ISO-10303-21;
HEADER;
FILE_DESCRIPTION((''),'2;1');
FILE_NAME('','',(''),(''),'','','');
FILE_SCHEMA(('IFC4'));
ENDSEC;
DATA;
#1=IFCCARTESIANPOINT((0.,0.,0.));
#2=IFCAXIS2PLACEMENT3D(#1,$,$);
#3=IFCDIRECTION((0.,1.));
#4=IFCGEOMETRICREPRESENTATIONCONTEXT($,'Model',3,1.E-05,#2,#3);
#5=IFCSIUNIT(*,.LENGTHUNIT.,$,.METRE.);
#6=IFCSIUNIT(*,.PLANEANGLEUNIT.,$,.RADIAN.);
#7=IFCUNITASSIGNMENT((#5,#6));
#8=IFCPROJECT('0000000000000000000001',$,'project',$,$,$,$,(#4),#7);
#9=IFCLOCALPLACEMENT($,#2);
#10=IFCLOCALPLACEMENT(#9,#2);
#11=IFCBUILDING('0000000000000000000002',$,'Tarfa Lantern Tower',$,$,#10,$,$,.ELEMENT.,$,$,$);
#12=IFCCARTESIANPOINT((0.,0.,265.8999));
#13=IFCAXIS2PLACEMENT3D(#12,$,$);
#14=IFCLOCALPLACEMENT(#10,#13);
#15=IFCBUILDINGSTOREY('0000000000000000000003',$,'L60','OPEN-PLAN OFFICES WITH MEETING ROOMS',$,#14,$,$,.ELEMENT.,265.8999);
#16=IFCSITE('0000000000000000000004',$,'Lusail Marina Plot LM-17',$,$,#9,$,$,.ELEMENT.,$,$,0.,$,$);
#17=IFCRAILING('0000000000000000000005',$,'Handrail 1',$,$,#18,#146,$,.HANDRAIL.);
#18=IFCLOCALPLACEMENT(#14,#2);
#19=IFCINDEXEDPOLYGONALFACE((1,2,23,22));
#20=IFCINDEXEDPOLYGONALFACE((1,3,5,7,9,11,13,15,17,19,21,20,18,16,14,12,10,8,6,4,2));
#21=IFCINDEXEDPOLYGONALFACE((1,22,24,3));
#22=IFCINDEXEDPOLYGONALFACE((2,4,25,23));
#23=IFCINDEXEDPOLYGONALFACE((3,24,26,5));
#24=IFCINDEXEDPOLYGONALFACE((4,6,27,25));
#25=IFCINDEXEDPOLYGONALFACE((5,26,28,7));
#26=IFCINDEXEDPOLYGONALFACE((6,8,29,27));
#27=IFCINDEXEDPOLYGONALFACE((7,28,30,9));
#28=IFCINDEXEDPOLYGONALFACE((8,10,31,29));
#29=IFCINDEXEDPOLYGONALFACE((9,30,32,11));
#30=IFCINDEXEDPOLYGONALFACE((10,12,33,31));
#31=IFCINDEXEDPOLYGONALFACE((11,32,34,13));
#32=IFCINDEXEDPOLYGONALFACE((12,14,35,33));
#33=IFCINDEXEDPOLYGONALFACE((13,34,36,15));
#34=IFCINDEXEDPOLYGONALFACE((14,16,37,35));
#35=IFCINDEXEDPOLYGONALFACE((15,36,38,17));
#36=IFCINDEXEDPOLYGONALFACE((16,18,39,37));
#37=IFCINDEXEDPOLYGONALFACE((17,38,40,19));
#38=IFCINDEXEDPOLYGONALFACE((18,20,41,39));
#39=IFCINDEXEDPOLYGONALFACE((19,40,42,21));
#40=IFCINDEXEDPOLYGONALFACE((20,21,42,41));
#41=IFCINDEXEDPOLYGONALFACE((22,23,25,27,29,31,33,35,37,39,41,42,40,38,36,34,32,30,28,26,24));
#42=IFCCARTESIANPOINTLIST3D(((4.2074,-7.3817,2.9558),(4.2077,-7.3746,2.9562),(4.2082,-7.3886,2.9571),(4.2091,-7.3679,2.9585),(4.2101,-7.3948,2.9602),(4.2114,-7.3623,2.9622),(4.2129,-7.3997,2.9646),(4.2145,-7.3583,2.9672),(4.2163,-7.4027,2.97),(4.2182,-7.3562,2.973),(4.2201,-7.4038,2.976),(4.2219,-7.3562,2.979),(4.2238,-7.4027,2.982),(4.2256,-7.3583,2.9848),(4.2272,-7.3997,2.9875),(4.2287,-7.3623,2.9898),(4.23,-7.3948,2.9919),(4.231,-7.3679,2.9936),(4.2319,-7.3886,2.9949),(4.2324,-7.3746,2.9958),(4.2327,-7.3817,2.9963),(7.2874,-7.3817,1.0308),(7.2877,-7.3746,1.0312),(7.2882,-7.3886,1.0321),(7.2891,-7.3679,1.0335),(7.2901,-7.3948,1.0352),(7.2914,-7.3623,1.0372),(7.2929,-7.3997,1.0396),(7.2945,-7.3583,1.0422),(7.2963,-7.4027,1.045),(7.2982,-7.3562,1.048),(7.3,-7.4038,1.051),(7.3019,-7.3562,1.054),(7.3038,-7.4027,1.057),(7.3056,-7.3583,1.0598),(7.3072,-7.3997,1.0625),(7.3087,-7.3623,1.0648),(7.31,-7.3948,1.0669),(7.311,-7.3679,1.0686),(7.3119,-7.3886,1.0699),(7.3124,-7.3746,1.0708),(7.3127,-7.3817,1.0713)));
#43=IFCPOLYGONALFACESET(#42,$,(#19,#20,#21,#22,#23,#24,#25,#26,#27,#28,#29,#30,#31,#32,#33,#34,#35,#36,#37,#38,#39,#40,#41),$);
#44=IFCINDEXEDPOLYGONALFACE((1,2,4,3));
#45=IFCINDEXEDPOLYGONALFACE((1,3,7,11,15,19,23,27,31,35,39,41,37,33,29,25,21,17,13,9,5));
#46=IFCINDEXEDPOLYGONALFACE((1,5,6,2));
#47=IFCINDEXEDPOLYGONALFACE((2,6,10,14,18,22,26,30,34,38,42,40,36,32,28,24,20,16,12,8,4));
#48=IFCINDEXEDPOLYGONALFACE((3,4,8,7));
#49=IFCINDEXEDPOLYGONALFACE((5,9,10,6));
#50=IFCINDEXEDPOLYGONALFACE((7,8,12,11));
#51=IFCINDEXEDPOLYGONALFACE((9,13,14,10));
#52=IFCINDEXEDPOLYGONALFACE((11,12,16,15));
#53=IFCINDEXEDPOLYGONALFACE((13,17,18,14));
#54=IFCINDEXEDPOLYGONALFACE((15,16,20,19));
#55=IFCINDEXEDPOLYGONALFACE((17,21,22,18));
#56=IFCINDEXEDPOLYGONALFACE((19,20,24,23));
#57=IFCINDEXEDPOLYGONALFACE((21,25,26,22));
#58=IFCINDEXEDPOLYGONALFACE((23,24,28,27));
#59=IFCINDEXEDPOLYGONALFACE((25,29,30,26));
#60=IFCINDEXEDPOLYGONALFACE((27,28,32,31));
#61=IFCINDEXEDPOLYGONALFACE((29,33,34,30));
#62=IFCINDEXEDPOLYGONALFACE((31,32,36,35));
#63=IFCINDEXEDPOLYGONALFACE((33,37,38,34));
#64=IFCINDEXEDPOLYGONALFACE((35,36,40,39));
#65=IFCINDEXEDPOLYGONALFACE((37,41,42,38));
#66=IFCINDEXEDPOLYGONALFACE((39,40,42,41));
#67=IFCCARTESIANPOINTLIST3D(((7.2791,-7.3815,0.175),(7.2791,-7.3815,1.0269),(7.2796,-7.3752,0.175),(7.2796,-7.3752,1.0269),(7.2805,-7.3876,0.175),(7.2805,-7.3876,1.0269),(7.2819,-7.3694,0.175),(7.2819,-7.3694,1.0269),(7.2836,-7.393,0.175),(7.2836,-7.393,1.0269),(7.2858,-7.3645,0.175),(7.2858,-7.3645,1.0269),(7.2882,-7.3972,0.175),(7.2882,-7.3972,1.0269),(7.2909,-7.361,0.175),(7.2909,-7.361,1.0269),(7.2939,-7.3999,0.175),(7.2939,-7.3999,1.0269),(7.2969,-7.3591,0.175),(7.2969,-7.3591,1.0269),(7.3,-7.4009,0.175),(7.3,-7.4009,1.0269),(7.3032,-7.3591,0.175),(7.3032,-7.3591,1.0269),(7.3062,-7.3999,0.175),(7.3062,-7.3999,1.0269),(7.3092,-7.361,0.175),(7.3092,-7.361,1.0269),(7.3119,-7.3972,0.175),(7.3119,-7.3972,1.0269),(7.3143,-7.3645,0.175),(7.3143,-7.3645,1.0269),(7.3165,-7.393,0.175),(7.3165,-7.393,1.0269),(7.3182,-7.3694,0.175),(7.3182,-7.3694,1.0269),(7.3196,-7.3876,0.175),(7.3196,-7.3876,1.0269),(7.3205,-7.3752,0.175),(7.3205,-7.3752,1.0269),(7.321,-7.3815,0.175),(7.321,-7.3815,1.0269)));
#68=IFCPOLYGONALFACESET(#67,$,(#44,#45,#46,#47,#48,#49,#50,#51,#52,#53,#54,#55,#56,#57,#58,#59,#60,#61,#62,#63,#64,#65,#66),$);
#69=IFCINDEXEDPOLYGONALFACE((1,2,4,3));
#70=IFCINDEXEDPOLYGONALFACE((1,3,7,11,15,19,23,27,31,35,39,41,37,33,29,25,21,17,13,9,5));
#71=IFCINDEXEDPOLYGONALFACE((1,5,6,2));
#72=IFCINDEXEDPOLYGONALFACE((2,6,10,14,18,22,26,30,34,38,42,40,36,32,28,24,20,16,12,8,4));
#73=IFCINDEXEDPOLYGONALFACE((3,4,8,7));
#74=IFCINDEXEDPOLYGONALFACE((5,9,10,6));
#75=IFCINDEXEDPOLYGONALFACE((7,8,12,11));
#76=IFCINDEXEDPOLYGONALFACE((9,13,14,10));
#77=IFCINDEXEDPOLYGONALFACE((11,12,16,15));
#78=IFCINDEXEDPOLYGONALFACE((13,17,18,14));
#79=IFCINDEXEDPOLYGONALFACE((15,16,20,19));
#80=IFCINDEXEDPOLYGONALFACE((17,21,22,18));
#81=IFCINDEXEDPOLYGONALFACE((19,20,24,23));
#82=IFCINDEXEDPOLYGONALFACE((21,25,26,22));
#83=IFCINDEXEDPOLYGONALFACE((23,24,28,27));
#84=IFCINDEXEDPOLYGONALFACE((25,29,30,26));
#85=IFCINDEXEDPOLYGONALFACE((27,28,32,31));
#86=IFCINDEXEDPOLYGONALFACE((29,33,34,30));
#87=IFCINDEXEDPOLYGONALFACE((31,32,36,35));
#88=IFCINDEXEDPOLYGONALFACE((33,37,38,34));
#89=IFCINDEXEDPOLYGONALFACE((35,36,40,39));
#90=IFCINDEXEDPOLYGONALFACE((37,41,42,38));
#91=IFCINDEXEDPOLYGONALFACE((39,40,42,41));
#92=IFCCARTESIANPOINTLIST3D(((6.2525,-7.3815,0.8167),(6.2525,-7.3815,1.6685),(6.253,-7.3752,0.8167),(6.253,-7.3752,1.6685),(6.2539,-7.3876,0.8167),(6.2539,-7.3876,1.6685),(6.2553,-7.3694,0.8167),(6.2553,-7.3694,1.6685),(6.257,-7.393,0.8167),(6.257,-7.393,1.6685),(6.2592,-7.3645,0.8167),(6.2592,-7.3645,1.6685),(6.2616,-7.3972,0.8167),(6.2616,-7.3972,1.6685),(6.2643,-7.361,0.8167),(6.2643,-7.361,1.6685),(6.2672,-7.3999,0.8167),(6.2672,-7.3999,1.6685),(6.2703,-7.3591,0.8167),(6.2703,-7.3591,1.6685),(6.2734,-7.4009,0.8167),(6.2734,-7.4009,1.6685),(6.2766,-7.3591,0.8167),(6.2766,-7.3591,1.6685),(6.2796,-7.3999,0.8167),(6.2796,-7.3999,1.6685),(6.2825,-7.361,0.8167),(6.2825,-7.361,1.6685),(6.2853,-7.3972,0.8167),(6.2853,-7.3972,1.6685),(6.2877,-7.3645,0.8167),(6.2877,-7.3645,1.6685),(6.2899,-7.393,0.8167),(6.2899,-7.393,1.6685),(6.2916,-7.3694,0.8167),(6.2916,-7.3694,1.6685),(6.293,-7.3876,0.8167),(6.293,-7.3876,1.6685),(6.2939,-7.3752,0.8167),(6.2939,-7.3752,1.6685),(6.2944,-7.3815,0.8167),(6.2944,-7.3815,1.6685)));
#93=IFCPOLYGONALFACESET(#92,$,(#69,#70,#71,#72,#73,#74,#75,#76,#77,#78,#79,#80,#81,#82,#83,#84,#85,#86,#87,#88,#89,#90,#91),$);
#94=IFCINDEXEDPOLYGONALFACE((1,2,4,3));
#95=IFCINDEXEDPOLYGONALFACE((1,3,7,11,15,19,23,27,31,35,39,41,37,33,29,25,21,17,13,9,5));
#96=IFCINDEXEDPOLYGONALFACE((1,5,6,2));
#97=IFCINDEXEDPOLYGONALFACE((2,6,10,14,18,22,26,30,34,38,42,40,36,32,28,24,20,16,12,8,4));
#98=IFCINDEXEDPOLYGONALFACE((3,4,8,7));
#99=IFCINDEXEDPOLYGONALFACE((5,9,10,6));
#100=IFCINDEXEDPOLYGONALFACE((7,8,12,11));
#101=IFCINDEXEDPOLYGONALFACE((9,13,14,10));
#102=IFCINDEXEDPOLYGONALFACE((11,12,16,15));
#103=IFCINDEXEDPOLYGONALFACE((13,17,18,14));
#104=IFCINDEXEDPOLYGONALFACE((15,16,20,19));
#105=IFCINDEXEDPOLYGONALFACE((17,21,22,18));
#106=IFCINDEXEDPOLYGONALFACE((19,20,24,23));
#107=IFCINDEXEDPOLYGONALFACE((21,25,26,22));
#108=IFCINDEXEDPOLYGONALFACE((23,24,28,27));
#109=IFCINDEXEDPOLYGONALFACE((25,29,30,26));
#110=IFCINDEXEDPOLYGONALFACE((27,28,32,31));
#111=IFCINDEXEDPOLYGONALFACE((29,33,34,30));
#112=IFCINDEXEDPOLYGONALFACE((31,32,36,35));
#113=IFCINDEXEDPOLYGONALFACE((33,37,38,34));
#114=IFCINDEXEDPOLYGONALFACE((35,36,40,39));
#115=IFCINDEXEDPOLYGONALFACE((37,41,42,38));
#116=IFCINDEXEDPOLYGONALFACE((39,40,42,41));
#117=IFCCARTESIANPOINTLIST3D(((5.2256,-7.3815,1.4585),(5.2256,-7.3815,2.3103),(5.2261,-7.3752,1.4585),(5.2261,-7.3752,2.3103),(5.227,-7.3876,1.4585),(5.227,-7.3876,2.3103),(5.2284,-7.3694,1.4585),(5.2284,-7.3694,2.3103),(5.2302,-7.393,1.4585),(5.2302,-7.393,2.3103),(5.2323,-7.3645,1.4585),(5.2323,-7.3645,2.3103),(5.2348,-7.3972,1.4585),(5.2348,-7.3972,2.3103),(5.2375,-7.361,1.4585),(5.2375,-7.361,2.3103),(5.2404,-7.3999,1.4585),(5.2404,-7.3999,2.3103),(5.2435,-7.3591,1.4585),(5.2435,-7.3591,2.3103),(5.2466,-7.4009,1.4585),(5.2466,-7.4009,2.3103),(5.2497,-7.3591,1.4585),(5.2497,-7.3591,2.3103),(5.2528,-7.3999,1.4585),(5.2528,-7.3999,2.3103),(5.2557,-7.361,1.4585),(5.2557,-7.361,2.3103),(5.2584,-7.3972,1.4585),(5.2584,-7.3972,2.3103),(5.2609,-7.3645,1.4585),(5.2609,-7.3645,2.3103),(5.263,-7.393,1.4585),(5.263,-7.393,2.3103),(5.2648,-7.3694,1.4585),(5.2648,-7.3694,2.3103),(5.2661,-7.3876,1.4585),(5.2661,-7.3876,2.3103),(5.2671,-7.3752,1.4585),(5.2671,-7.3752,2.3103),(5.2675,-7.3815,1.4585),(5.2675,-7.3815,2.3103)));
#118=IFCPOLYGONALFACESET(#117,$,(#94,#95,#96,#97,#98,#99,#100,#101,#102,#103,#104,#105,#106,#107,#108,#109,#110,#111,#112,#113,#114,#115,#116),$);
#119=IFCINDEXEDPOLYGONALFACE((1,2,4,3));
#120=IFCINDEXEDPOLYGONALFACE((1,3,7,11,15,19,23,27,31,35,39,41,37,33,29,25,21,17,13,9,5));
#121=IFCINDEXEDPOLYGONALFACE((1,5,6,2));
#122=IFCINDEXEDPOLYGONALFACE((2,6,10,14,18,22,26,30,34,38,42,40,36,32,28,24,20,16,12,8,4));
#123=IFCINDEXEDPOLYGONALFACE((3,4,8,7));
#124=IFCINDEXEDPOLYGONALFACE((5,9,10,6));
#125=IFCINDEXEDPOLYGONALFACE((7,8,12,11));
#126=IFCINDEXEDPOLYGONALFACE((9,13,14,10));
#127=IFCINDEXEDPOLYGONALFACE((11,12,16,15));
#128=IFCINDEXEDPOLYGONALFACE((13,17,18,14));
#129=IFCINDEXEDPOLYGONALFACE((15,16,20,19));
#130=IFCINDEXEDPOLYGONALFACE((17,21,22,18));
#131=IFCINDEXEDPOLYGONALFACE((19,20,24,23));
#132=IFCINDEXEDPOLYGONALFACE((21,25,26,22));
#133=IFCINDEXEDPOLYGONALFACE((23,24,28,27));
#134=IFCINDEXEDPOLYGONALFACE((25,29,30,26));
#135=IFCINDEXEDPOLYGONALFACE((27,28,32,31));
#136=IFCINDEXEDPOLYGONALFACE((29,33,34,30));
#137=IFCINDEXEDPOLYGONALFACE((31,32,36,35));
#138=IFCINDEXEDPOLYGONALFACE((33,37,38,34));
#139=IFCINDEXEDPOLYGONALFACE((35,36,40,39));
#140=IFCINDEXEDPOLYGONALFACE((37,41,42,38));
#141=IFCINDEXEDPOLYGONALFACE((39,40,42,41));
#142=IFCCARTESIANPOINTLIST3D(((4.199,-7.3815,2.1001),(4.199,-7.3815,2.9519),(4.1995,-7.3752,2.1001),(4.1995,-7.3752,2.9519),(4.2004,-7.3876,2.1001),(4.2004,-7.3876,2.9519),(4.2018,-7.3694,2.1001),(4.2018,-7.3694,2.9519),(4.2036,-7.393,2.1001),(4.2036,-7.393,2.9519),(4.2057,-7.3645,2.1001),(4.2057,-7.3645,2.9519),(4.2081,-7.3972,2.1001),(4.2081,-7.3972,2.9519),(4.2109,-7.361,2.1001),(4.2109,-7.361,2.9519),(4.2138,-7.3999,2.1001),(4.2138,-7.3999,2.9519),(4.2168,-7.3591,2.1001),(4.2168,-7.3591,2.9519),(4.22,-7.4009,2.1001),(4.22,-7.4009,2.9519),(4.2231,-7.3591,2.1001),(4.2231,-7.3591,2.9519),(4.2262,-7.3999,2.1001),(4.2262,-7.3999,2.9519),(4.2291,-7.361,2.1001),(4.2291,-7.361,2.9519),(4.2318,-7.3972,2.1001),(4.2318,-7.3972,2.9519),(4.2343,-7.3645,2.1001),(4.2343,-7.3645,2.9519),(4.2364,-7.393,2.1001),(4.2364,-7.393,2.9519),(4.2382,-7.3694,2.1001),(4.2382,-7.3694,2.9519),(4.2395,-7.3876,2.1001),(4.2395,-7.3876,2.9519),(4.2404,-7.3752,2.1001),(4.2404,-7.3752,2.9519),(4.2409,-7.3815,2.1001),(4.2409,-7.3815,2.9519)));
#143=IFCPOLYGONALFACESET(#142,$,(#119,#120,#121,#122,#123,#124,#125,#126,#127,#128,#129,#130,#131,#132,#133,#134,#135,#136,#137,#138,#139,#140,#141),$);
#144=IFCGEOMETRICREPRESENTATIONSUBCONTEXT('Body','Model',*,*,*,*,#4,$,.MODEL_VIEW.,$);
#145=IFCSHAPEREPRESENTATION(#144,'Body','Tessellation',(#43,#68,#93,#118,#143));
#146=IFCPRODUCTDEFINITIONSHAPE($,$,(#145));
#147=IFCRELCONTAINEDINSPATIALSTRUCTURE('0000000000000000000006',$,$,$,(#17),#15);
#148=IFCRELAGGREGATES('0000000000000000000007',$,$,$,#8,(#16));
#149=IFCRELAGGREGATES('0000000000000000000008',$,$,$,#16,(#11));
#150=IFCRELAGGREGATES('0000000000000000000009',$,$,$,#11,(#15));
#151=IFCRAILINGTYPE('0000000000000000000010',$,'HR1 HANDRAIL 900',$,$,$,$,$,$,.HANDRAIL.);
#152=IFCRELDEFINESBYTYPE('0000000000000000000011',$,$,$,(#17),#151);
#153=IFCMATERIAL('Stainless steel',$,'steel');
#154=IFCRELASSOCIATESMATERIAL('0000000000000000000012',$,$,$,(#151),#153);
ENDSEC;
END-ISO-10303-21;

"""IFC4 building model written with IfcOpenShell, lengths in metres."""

from ifc_helpers import new_model, si_unit, direction, frame, origin, origin_2d, place, context, subcontext, project, spatial, circle, extrude, material, type_object, element, save


model = new_model("IFC4")

# Units and contexts
model_context = context("Model", 3, precision=1e-05, world=origin(), true_north=direction((0.0, 1.0)))
body_context = subcontext(model_context, "Body", "Model", "MODEL_VIEW")
ifc_project = project(units=[si_unit("LENGTHUNIT", "METRE"), si_unit("PLANEANGLEUNIT", "RADIAN")], contexts=[model_context])

# Site, building, storey
site_placement = place(None, origin())
site = spatial("IfcSite", under=ifc_project, at=site_placement, Name="Lusail Marina Plot LM-17", CompositionType="ELEMENT", RefElevation=0.0)
building_placement = place(site_placement, origin())
building = spatial("IfcBuilding", under=site, at=building_placement, Name="Tarfa Lantern Tower", CompositionType="ELEMENT")
storey_placement = place(building_placement, frame((0.0, 0.0, 265.8999)))
storey = spatial("IfcBuildingStorey", under=building, at=storey_placement, Name="L60", Description="OPEN-PLAN OFFICES WITH MEETING ROOMS", CompositionType="ELEMENT", Elevation=265.8999)

# Railing
ifc_material_1 = material(Name="Stainless steel", Category="steel")
railing_type = type_object("IfcRailingType", Name="HR1 HANDRAIL 900", PredefinedType="HANDRAIL", material=ifc_material_1)
railing_placement = place(storey_placement, frame((7.3, -7.3799, 0.175)))
element("IfcRailing", 1, at=railing_placement, inside=storey, type_object=railing_type, Name="Handrail 1", PredefinedType="HANDRAIL", context=body_context, shape_type="SweptSolid", body=[
    extrude(circle(Radius=0.0239, at=origin_2d()), frame((0.0, 0.0, 0.876), z_axis=(-0.847998, 0.0, 0.529999), x_axis=(0.0, -1.0, 0.0)), (0.0, 0.0, 1.0), 3.6321),
    extrude(circle(Radius=0.021, at=origin_2d()), frame((0.0, 0.0, 0.0), z_axis=(0.0, 0.0, 1.0), x_axis=(0.0, -1.0, 0.0)), (0.0, 0.0, 1.0), 0.8518),
    extrude(circle(Radius=0.021, at=origin_2d()), frame((-1.0266, 0.0, 0.6416), z_axis=(0.0, 0.0, 1.0), x_axis=(0.0, -1.0, 0.0)), (0.0, 0.0, 1.0), 0.8518),
    extrude(circle(Radius=0.021, at=origin_2d()), frame((-2.0535, 0.0, 1.2834), z_axis=(0.0, 0.0, 1.0), x_axis=(0.0, -1.0, 0.0)), (0.0, 0.0, 1.0), 0.8518),
    extrude(circle(Radius=0.021, at=origin_2d()), frame((-3.0801, 0.0, 1.925), z_axis=(0.0, 0.0, 1.0), x_axis=(0.0, -1.0, 0.0)), (0.0, 0.0, 1.0), 0.8518),
])

save(model, "model.ifc")
